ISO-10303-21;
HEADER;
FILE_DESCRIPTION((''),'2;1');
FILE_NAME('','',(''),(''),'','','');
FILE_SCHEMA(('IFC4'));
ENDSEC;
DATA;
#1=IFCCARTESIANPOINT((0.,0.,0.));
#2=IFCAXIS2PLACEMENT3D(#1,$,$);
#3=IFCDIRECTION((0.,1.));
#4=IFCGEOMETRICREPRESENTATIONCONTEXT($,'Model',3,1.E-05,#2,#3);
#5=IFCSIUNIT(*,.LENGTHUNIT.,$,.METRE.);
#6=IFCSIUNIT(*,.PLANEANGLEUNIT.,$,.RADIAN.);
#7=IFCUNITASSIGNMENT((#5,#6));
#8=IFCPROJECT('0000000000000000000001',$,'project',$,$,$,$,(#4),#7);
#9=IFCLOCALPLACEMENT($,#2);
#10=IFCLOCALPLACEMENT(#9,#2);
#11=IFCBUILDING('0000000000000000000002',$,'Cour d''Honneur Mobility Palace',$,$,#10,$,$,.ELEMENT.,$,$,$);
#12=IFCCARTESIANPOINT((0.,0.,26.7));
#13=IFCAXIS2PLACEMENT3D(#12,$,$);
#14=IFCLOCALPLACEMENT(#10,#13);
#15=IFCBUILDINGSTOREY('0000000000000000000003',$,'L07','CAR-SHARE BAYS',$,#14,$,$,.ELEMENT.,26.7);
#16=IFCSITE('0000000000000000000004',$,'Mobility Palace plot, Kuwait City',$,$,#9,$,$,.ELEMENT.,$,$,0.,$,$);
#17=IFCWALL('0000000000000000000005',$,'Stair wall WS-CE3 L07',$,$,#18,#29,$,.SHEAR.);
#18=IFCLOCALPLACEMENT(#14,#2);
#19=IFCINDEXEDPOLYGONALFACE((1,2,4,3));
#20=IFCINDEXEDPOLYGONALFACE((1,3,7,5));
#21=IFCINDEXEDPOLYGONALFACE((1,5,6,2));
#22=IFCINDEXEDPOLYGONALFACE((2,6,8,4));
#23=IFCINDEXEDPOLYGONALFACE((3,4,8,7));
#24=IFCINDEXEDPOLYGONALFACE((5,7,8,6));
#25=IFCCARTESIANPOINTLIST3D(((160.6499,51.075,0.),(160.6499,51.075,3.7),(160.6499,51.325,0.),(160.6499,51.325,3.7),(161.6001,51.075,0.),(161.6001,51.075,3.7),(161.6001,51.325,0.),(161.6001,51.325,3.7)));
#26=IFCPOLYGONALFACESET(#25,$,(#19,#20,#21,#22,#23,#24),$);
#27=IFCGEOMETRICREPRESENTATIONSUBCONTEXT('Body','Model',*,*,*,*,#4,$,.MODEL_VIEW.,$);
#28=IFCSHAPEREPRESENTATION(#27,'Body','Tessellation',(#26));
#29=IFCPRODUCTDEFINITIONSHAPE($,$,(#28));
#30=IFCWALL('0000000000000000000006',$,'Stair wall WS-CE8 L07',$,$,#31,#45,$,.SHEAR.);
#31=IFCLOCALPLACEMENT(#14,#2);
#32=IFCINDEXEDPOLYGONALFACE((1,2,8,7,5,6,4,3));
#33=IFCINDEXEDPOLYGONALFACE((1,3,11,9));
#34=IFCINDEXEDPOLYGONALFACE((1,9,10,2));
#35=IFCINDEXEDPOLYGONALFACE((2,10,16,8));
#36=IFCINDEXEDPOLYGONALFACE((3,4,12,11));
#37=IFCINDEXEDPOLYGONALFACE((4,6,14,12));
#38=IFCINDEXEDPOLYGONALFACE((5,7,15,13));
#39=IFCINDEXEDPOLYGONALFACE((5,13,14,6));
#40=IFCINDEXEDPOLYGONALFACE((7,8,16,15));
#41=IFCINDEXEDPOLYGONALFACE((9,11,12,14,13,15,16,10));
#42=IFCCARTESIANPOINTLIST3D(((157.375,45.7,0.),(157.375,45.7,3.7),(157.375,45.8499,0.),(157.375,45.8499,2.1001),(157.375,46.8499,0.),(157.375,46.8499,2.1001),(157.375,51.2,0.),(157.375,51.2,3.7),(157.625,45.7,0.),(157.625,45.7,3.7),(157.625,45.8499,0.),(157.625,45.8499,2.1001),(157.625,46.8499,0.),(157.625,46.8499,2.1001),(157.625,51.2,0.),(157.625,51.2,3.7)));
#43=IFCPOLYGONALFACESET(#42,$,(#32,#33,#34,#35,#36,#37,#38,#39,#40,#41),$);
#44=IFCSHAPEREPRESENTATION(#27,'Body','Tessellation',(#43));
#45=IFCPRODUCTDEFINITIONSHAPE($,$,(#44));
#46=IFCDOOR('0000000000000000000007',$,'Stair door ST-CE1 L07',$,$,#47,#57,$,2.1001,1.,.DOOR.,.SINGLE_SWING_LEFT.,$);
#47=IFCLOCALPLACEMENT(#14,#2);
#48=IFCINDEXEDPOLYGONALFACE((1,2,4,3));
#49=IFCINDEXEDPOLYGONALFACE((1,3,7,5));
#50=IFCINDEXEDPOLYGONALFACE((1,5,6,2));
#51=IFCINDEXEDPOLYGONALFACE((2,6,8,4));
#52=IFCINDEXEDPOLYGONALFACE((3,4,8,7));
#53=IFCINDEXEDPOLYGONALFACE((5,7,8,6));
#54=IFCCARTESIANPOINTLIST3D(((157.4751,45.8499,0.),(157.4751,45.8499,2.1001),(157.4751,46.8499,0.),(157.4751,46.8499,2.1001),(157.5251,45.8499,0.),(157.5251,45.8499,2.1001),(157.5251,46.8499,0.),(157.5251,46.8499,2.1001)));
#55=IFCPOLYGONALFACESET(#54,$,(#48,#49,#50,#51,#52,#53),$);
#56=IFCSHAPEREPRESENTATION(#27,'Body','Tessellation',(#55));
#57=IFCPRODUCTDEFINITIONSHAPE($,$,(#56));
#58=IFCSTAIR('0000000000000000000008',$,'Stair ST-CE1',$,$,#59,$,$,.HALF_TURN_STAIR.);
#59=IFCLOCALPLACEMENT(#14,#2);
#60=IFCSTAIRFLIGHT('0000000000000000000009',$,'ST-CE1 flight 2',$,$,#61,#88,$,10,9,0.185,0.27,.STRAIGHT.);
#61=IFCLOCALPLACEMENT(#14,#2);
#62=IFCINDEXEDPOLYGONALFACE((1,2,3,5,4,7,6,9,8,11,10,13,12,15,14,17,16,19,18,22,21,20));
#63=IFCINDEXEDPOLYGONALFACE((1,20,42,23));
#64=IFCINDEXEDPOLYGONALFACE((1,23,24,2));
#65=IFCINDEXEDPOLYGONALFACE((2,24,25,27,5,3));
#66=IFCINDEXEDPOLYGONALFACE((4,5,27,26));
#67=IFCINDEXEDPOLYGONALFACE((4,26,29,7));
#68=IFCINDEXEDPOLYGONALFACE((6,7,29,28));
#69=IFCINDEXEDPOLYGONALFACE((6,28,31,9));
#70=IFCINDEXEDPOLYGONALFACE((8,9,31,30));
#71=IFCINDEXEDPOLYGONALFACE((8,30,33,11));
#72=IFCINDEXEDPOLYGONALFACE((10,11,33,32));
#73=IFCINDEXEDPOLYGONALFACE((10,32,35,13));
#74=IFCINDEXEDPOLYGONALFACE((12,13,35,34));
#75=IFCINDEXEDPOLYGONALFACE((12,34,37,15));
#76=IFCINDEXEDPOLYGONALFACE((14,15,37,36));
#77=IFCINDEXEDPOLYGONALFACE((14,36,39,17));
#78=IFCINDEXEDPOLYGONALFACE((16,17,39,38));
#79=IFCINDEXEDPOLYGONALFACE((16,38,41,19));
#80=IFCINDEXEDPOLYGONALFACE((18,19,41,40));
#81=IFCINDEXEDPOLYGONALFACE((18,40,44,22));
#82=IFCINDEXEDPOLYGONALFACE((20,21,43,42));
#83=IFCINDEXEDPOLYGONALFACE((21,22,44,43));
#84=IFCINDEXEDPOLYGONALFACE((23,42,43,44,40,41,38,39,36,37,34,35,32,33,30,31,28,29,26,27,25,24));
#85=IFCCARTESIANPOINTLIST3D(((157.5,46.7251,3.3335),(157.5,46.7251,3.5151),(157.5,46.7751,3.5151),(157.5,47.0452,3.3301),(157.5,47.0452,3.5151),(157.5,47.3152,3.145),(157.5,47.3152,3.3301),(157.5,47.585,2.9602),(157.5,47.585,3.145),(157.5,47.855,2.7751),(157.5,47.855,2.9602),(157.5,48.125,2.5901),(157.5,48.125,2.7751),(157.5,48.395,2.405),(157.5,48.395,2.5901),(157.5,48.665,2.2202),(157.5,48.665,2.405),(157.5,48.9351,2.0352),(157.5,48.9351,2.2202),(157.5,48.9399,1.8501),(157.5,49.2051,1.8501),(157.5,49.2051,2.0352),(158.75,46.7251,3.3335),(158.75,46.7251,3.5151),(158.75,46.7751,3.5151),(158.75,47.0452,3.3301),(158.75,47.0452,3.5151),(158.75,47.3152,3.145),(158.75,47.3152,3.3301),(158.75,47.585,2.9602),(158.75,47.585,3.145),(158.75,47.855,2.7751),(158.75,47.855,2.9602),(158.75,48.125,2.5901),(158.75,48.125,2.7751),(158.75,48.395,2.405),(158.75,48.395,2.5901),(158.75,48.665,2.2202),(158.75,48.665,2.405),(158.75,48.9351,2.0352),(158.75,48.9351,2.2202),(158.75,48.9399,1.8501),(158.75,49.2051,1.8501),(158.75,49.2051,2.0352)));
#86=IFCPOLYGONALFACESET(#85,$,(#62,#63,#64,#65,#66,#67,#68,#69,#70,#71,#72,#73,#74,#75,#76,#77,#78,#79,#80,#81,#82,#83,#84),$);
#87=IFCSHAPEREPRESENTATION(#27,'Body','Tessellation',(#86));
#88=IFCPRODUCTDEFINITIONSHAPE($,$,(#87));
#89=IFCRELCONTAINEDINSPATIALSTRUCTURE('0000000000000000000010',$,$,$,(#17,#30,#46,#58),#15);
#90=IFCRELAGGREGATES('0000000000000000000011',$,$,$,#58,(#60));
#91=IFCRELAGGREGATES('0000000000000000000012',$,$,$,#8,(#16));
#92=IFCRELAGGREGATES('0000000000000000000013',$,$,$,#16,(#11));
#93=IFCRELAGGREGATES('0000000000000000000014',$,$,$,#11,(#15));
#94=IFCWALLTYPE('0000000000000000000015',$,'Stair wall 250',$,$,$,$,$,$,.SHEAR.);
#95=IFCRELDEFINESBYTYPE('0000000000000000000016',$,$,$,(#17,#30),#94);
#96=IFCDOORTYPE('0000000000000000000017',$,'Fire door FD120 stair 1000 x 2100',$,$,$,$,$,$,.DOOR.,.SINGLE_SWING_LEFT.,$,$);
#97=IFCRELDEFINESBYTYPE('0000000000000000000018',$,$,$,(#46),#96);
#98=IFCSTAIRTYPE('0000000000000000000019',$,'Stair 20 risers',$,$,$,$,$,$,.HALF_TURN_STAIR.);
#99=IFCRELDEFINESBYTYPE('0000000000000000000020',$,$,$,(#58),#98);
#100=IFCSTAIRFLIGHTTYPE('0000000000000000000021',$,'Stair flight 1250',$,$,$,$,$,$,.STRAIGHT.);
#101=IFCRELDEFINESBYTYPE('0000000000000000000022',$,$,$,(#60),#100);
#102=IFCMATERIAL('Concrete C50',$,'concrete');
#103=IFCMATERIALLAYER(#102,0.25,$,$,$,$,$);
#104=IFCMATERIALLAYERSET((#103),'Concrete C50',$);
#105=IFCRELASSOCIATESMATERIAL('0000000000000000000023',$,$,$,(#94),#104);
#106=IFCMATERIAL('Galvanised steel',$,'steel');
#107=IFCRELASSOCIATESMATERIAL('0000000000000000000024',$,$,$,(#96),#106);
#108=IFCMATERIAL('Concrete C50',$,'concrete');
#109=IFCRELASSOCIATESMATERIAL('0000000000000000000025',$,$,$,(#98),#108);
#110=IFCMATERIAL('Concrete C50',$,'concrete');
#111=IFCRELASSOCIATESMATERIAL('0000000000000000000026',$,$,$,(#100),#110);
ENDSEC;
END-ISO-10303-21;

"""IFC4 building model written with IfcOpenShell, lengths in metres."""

from ifc_helpers import new_model, si_unit, direction, frame, frame_2d, origin, place, context, subcontext, project, spatial, polyline, rectangle, outline, extrude, material, layer, layer_set, type_object, element, fill, aggregate, save


model = new_model("IFC4")

# Units and contexts
model_context = context("Model", 3, precision=1e-05, world=origin(), true_north=direction((0.0, 1.0)))
body_context = subcontext(model_context, "Body", "Model", "MODEL_VIEW")
ifc_project = project(units=[si_unit("LENGTHUNIT", "METRE"), si_unit("PLANEANGLEUNIT", "RADIAN")], contexts=[model_context])

# Site, building, storey
site_placement = place(None, origin())
site = spatial("IfcSite", under=ifc_project, at=site_placement, Name="Mobility Palace plot, Kuwait City", CompositionType="ELEMENT", RefElevation=0.0)
building_placement = place(site_placement, origin())
building = spatial("IfcBuilding", under=site, at=building_placement, Name="Cour d'Honneur Mobility Palace", CompositionType="ELEMENT")
storey_placement = place(building_placement, frame((0.0, 0.0, 26.7)))
storey = spatial("IfcBuildingStorey", under=building, at=storey_placement, Name="L07", Description="CAR-SHARE BAYS", CompositionType="ELEMENT", Elevation=26.7)

# Wall
ifc_material_1 = material(Name="Concrete C50", Category="concrete")
ifc_layer_1 = layer(ifc_material_1, 0.25)
ifc_layer_set_1 = layer_set([ifc_layer_1], Name="Concrete C50")
wall_type_1 = type_object("IfcWallType", Name="Stair wall 250", PredefinedType="SHEAR", material=ifc_layer_set_1)
wall_1_placement = place(storey_placement, frame((160.6499, 51.2, 0.0), z_axis=(0.0, 0.0, 1.0), x_axis=(1.0, 0.0, 0.0)))
element("IfcWall", 1, at=wall_1_placement, inside=storey, type_object=wall_type_1, Name="Stair wall WS-CE3 L07", PredefinedType="SHEAR", context=body_context, shape_type="SweptSolid", body=[
    extrude(rectangle(XDim=0.9502, YDim=0.25, at=frame_2d((0.4751, 0.0))), origin(), (0.0, 0.0, 1.0), 3.7),
])

# Wall, opening, door
wall_2_placement = place(storey_placement, frame((157.5, 45.7, 0.0), z_axis=(0.0, 0.0, 1.0), x_axis=(0.0, 1.0, 0.0)))
wall_2 = element("IfcWall", 2, at=wall_2_placement, inside=storey, type_object=wall_type_1, Name="Stair wall WS-CE8 L07", PredefinedType="SHEAR", context=body_context, shape_type="SweptSolid", body=[
    extrude(rectangle(XDim=5.5, YDim=0.25, at=frame_2d((2.75, 0.0))), origin(), (0.0, 0.0, 1.0), 3.7),
])
opening_1_placement = place(wall_2_placement, frame((0.1499, 0.0, 0.0)))
opening_1 = element("IfcOpeningElement", 3, at=opening_1_placement, cuts=wall_2, PredefinedType="OPENING", context=body_context, shape_type="SweptSolid", body=[
    extrude(rectangle(XDim=1.0, YDim=2.1001, at=frame_2d((0.5, 1.05))), frame((0.0, 0.135, 0.0), z_axis=(0.0, -1.0, 0.0), x_axis=(1.0, 0.0, 0.0)), (0.0, 0.0, 1.0), 0.27),
])
ifc_material_2 = material(Name="Galvanised steel", Category="steel")
door_type_1 = type_object("IfcDoorType", Name="Fire door FD120 stair 1000 x 2100", OperationType="SINGLE_SWING_LEFT", PredefinedType="DOOR", material=ifc_material_2)
door_1_placement = place(opening_1_placement, origin())
door_1 = element("IfcDoor", 4, at=door_1_placement, inside=storey, type_object=door_type_1, Name="Stair door ST-CE1 L07", OperationType="SINGLE_SWING_LEFT", OverallHeight=2.1001, OverallWidth=1.0, PredefinedType="DOOR", context=body_context, shape_type="SweptSolid", body=[
    extrude(rectangle(XDim=1.0, YDim=2.1001, at=frame_2d((0.5, 1.05))), frame((0.0, 0.0249, 0.0), z_axis=(0.0, -1.0, 0.0), x_axis=(1.0, 0.0, 0.0)), (0.0, 0.0, 1.0), 0.05),
])
fill(opening_1, door_1)

# Stair, stair flight
ifc_material_3 = material(Name="Concrete C50", Category="concrete")
stair_type = type_object("IfcStairType", Name="Stair 20 risers", PredefinedType="HALF_TURN_STAIR", material=ifc_material_3)
stair_placement = place(storey_placement, origin())
stair = element("IfcStair", 5, at=stair_placement, inside=storey, type_object=stair_type, Name="Stair ST-CE1", PredefinedType="HALF_TURN_STAIR")
ifc_material_4 = material(Name="Concrete C50", Category="concrete")
stair_flight_type = type_object("IfcStairFlightType", Name="Stair flight 1250", PredefinedType="STRAIGHT", material=ifc_material_4)
stair_flight_placement = place(storey_placement, frame((158.125, 49.2051, 1.8501), z_axis=(0.0, 0.0, 1.0), x_axis=(0.0, -1.0, 0.0)))
stair_flight = element("IfcStairFlight", 6, at=stair_flight_placement, type_object=stair_flight_type, Name="ST-CE1 flight 2", NumberOfRisers=10, NumberOfTreads=9, PredefinedType="STRAIGHT", RiserHeight=0.185, TreadLength=0.27, context=body_context, shape_type="SweptSolid", body=[
    extrude(outline(polyline([(0.0, 0.0), (0.0, 0.1851), (0.27, 0.1851), (0.27, 0.3701), (0.54, 0.3701), (0.54, 0.5549), (0.8101, 0.5549), (0.8101, 0.74), (1.0801, 0.74), (1.0801, 0.925), (1.3501, 0.925), (1.3501, 1.1101), (1.6201, 1.1101), (1.6201, 1.2949), (1.8899, 1.2949), (1.8899, 1.48), (2.1599, 1.48), (2.1599, 1.665), (2.4299, 1.665), (2.48, 1.665), (2.48, 1.4834), (0.2651, 0.0), (0.0, 0.0)])), frame((0.0, 0.625, 0.0), z_axis=(0.0, -1.0, 0.0), x_axis=(1.0, 0.0, 0.0)), (0.0, 0.0, 1.0), 1.25),
])
aggregate(stair, [stair_flight])

save(model, "model.ifc")
